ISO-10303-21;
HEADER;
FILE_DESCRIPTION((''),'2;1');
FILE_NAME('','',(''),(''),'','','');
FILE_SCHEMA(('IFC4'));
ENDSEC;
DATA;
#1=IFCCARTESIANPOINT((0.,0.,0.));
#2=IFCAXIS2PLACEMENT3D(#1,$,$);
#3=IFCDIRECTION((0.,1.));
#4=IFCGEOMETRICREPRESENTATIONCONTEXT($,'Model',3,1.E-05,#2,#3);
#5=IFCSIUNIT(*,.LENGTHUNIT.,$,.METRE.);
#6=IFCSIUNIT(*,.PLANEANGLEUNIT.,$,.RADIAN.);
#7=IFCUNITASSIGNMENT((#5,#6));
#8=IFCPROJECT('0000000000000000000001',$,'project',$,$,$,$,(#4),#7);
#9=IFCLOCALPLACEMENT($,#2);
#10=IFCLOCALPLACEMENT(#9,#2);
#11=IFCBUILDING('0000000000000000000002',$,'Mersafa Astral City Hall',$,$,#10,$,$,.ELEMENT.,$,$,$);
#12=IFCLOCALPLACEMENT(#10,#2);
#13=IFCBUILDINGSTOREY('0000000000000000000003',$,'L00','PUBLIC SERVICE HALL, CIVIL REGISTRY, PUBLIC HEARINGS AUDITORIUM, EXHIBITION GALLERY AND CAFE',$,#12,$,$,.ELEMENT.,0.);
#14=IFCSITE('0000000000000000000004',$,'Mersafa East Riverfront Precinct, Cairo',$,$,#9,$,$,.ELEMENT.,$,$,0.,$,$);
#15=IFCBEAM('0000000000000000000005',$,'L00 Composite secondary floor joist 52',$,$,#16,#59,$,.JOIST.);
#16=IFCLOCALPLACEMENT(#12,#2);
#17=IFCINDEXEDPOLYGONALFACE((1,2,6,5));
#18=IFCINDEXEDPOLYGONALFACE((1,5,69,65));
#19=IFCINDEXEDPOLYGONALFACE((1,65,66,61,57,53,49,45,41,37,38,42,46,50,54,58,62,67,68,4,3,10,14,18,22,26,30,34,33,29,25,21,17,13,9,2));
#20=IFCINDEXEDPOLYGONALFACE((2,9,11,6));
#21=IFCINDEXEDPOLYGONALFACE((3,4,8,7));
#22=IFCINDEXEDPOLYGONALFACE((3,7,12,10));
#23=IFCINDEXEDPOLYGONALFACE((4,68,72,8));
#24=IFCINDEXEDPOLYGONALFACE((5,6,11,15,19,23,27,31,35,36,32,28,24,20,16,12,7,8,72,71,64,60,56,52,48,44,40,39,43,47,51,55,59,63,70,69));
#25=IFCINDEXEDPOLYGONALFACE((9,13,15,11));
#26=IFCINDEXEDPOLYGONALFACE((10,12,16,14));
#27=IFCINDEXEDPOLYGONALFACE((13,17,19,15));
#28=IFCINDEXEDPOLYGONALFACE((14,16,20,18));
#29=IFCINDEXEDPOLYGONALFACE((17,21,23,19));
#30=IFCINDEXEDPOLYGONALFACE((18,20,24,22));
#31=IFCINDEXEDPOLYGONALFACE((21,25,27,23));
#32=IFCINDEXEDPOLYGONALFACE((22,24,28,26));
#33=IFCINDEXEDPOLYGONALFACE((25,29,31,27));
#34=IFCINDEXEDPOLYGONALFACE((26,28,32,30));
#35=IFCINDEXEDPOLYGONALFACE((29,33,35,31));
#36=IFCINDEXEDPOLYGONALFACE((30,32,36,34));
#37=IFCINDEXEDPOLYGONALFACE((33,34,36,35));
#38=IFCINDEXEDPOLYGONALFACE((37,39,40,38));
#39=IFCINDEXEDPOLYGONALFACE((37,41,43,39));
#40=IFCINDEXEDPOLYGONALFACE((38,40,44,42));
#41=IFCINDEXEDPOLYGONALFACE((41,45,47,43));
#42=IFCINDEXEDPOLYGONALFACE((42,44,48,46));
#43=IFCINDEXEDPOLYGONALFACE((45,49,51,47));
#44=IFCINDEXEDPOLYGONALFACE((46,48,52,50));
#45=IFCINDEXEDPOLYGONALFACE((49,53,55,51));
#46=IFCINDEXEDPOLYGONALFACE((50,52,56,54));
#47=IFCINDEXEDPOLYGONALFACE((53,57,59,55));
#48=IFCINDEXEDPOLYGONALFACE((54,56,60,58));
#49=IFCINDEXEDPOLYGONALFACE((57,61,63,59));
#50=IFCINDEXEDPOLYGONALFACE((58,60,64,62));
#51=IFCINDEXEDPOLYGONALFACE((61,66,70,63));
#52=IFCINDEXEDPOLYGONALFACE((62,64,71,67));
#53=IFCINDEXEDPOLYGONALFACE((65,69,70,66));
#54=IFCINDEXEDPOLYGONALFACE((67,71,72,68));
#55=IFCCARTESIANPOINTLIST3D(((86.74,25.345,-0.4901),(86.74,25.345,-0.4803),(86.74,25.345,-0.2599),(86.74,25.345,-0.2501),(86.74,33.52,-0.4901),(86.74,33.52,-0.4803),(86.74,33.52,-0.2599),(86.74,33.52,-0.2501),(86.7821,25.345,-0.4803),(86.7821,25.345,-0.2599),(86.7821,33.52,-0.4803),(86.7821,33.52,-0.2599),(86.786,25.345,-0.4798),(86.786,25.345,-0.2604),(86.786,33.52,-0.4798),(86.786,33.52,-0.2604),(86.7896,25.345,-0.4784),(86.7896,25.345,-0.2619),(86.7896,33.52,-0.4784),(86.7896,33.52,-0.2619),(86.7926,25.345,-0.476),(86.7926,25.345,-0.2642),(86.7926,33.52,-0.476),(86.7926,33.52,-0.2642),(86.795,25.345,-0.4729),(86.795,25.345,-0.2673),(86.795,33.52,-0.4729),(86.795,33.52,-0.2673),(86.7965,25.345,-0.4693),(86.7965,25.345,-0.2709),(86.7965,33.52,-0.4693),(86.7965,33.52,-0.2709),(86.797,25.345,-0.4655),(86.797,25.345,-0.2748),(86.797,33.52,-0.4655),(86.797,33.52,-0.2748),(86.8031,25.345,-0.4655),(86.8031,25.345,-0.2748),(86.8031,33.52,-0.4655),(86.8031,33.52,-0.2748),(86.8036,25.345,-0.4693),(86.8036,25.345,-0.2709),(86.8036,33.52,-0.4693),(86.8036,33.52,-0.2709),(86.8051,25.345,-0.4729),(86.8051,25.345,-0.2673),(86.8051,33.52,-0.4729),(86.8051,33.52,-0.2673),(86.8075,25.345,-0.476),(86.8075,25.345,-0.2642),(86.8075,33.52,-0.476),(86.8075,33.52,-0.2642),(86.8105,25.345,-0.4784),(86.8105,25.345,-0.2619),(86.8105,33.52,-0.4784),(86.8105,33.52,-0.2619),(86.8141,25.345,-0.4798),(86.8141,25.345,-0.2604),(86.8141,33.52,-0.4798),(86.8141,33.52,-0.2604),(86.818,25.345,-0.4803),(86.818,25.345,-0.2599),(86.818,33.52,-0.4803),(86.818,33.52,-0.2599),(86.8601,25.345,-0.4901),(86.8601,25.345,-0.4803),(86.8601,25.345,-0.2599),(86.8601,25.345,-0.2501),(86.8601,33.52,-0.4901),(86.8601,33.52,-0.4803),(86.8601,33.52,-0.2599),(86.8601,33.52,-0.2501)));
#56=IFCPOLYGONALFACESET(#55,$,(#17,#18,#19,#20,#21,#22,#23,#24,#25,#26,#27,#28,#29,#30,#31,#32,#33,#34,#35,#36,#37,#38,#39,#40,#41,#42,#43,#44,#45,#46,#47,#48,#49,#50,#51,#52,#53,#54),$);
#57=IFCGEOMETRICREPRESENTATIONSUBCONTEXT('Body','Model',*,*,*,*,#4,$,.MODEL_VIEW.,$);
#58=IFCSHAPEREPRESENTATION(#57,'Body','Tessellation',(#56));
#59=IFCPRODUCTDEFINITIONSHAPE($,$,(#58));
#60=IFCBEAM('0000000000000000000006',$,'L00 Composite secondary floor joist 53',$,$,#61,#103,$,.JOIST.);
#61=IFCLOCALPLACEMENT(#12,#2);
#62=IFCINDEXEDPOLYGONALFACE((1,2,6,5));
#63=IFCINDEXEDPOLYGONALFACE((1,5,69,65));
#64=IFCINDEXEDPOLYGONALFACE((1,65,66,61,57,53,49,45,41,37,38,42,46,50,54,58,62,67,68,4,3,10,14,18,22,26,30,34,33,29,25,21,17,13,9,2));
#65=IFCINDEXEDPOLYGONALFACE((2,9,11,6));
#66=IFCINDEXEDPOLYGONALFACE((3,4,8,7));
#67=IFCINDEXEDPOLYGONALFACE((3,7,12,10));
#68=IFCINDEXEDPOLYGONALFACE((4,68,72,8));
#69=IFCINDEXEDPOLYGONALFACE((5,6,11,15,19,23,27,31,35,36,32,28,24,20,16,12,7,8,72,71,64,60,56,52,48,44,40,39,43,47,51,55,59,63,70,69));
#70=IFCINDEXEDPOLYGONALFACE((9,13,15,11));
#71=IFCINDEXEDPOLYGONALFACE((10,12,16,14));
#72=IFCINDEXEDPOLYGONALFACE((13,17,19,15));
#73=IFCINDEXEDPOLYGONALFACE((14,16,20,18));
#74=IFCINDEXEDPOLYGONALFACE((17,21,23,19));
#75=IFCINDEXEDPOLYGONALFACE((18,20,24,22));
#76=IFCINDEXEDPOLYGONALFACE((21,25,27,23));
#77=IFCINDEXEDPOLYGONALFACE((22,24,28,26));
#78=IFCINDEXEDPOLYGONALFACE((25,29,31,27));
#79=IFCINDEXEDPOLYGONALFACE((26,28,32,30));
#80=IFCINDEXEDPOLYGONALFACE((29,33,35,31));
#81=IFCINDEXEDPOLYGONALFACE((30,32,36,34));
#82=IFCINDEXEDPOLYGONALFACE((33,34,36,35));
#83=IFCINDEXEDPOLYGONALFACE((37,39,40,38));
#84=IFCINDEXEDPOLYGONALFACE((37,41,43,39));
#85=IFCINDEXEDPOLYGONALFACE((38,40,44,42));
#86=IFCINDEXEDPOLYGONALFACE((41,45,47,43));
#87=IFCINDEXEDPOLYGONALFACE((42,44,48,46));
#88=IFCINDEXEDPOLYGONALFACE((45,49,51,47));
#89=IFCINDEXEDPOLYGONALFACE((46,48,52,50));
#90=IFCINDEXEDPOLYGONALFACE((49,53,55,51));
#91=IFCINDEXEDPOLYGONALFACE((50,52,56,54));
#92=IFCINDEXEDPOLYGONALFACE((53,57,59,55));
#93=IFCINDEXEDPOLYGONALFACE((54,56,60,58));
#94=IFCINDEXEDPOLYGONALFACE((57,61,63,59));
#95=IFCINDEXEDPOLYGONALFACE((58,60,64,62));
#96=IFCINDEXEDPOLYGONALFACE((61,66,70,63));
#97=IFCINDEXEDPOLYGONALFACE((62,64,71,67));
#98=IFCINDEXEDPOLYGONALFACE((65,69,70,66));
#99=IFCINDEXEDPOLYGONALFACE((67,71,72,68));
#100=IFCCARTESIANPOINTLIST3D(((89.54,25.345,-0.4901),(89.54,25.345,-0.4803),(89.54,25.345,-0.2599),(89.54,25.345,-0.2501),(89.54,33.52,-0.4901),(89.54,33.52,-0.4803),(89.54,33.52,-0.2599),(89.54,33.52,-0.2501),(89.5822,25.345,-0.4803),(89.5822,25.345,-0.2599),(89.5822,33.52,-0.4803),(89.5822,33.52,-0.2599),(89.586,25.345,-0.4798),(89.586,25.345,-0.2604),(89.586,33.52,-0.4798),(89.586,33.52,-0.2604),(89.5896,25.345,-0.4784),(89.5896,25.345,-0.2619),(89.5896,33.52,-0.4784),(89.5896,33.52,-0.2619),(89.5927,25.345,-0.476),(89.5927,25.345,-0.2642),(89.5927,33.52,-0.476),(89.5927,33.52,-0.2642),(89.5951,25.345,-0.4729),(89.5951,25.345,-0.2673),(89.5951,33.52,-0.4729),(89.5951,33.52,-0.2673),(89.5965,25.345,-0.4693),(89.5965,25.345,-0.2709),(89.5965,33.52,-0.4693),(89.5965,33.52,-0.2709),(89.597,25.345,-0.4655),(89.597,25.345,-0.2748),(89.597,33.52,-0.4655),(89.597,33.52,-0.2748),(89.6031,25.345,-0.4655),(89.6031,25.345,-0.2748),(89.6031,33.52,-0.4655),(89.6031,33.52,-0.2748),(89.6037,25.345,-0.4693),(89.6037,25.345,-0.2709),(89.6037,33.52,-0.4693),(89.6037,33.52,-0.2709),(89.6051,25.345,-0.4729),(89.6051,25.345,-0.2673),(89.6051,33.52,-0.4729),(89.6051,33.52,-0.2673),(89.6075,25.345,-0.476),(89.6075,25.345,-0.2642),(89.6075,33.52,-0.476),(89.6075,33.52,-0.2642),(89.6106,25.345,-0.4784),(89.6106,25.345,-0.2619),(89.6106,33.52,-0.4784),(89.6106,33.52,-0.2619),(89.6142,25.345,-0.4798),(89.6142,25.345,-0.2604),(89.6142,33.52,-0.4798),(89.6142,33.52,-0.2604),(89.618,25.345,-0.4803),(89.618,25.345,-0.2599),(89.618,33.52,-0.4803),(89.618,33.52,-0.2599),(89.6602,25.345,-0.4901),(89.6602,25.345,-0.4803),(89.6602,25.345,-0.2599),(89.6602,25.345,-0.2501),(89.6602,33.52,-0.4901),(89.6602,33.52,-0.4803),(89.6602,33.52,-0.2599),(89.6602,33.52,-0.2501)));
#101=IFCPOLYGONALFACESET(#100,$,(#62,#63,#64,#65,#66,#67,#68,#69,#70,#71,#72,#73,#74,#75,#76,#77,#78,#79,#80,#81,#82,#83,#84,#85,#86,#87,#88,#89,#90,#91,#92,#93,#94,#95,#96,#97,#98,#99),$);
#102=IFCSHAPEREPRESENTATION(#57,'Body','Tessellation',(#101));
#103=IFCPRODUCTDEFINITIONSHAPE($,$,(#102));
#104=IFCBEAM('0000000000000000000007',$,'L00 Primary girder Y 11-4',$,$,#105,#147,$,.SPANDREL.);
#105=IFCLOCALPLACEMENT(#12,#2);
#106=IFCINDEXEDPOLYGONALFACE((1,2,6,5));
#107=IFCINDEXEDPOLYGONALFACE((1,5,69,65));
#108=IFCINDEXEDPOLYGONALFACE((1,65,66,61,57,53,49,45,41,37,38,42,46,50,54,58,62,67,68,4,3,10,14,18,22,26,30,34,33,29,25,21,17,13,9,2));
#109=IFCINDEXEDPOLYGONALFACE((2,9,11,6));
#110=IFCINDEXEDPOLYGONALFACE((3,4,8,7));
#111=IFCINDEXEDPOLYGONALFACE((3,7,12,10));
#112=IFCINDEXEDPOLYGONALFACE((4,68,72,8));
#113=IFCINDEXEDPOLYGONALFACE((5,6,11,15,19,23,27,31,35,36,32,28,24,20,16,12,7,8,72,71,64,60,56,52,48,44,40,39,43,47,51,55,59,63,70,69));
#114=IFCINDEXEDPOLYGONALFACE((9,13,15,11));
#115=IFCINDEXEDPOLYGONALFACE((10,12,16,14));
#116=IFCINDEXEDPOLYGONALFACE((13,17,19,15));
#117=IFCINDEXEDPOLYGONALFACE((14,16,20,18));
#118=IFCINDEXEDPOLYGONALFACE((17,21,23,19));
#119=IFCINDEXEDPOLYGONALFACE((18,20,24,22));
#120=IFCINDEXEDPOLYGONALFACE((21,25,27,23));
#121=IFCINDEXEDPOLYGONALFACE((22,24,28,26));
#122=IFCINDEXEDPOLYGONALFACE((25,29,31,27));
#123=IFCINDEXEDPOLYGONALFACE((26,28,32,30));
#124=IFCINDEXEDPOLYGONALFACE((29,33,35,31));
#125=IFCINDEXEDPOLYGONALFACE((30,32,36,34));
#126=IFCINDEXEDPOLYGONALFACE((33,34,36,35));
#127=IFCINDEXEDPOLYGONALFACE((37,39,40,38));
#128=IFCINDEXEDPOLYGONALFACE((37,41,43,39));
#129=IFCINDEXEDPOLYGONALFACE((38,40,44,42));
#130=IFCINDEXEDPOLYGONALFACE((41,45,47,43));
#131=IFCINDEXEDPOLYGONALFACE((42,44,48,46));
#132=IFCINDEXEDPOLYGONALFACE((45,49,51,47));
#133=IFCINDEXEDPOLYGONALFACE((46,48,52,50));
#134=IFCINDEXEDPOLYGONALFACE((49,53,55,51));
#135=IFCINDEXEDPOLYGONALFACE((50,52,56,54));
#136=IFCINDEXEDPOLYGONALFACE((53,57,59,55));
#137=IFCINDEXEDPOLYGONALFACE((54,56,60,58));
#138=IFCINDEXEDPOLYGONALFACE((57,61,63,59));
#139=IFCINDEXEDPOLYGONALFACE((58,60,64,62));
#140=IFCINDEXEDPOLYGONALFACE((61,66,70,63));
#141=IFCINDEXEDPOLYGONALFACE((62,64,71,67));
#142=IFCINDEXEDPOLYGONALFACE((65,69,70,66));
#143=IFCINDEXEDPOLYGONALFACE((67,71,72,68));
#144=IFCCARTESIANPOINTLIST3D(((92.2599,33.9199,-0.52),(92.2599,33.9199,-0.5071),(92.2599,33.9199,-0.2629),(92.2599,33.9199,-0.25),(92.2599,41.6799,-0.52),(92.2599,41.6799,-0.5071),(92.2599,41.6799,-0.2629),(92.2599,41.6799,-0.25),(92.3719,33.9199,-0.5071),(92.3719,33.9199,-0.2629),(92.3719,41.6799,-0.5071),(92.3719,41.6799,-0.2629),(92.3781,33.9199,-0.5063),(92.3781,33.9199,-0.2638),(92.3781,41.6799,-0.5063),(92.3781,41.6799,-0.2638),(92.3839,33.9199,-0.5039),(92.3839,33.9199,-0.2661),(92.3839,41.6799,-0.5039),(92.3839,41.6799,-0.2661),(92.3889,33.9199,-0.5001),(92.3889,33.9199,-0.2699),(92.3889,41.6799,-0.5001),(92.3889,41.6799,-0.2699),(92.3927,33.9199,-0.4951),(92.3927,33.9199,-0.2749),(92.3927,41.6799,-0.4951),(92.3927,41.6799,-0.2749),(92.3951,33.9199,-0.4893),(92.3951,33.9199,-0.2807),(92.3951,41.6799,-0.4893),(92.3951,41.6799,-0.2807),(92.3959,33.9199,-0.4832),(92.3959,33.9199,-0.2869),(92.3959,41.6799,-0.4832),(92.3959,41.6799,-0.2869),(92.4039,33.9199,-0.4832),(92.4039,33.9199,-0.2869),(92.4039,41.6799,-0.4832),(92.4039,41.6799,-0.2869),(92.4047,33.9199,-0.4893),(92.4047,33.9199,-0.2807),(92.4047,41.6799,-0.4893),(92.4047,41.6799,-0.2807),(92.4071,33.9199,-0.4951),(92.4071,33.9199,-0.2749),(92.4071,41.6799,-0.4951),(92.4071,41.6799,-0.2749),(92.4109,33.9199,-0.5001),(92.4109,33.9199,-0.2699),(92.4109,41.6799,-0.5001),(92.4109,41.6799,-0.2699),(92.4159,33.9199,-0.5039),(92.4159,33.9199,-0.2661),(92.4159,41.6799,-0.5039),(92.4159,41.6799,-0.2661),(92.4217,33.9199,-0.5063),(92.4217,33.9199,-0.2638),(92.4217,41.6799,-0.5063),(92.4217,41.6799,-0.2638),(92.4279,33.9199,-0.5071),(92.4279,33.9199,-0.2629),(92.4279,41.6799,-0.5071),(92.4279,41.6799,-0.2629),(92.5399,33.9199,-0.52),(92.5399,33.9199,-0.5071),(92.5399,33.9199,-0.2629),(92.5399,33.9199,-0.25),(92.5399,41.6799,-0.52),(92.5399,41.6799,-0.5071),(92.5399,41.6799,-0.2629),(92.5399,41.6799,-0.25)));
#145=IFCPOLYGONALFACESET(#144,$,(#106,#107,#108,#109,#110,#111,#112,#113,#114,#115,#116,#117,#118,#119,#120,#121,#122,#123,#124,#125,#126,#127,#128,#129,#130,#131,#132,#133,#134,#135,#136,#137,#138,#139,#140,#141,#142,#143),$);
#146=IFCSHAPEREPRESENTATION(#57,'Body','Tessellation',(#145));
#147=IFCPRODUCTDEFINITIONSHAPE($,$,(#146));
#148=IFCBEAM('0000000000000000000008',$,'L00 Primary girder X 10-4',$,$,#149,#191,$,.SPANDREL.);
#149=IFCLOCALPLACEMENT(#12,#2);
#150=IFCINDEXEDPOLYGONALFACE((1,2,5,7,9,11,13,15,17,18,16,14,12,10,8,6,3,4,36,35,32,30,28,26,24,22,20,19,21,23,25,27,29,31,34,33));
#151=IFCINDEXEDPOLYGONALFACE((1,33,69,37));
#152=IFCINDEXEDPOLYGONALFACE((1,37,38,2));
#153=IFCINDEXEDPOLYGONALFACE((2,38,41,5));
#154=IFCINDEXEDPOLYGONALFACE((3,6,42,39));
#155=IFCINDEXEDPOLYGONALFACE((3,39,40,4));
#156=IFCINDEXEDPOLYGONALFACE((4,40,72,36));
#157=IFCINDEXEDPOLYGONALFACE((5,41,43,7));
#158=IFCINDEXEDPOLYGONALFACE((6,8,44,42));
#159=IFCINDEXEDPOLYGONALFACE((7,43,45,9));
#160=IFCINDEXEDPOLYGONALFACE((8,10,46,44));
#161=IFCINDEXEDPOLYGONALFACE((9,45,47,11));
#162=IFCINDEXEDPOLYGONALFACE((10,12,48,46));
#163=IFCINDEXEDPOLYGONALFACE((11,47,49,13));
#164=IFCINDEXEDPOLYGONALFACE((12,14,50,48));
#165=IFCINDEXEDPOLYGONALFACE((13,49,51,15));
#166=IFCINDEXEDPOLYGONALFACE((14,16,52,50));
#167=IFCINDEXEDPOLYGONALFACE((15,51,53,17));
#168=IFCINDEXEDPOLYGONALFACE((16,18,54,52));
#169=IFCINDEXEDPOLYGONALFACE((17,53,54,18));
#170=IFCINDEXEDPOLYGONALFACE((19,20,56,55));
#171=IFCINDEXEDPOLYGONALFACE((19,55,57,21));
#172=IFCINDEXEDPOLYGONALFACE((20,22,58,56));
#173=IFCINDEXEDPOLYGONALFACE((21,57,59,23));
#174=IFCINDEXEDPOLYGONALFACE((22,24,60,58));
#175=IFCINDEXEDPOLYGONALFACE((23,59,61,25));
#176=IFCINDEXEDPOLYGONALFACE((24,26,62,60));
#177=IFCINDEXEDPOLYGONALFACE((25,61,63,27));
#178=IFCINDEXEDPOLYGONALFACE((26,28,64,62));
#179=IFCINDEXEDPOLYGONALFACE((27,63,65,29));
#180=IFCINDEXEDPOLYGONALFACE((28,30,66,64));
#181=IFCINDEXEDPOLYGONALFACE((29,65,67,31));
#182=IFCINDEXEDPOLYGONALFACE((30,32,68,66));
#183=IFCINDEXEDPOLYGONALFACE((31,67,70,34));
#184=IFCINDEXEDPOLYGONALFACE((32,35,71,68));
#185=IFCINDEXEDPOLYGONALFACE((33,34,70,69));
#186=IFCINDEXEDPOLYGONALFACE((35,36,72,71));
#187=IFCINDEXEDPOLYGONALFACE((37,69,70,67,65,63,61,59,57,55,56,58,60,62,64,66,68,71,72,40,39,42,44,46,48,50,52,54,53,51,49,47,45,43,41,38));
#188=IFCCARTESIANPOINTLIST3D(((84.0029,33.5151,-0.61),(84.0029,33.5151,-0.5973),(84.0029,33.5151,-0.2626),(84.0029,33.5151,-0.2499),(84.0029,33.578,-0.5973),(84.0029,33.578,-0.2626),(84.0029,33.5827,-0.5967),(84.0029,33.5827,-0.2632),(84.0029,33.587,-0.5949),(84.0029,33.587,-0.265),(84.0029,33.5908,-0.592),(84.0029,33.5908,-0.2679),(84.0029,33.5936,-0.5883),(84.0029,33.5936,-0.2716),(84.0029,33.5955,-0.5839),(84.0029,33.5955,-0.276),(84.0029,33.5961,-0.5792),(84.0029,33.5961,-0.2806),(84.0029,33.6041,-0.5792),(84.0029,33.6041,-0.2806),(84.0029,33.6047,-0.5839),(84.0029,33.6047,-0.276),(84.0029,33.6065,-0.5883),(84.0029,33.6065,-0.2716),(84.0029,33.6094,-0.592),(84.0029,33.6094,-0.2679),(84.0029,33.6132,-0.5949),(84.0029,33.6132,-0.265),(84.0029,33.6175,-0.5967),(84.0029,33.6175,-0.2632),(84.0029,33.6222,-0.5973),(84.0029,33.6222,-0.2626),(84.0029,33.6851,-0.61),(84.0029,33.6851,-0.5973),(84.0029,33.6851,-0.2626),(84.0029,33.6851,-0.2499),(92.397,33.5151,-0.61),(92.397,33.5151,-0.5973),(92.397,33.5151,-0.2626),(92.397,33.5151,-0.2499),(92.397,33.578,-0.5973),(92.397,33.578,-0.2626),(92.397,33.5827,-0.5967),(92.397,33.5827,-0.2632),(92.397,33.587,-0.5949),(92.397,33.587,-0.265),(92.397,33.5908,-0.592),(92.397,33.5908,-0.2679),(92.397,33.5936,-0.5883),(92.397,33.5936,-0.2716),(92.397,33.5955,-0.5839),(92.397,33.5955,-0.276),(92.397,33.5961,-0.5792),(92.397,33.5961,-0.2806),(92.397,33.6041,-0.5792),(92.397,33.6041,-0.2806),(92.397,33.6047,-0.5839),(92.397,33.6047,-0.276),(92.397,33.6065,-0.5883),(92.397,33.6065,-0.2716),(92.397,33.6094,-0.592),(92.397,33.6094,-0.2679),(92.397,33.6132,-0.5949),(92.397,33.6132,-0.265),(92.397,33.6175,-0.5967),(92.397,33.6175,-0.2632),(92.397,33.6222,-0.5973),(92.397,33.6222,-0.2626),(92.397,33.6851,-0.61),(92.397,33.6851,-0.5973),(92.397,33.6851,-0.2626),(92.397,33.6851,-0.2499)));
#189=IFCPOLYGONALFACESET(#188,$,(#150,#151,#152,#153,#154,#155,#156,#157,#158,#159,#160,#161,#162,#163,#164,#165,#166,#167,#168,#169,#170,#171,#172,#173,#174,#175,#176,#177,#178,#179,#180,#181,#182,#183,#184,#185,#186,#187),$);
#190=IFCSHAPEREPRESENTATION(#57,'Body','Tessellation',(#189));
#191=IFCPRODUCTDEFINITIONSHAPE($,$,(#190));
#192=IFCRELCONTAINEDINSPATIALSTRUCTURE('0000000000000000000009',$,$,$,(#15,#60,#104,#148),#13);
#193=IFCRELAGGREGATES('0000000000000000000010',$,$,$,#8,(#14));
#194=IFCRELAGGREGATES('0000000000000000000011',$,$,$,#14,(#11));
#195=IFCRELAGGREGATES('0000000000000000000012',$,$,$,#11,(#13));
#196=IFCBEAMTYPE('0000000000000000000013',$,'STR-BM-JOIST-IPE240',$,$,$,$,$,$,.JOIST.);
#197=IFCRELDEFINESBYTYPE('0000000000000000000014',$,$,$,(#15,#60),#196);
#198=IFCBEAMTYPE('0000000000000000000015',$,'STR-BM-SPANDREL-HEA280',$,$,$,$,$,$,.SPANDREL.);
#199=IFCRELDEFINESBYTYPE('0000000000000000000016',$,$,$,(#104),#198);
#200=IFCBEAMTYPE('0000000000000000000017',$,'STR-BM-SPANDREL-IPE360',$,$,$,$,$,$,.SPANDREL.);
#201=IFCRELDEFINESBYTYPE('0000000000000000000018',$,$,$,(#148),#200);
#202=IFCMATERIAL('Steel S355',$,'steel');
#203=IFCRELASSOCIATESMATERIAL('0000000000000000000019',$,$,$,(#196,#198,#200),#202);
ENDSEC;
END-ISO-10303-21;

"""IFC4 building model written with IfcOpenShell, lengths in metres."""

from ifc_helpers import new_model, si_unit, direction, frame, origin, origin_2d, place, context, subcontext, project, spatial, i_section, extrude, material, material_profile, profile_set, type_object, element, save


model = new_model("IFC4")

# Units and contexts
model_context = context("Model", 3, precision=1e-05, world=origin(), true_north=direction((0.0, 1.0)))
body_context = subcontext(model_context, "Body", "Model", "MODEL_VIEW")
ifc_project = project(units=[si_unit("LENGTHUNIT", "METRE"), si_unit("PLANEANGLEUNIT", "RADIAN")], contexts=[model_context])

# Site, building, storey
site_placement = place(None, origin())
site = spatial("IfcSite", under=ifc_project, at=site_placement, Name="Mersafa East Riverfront Precinct, Cairo", CompositionType="ELEMENT", RefElevation=0.0)
building_placement = place(site_placement, origin())
building = spatial("IfcBuilding", under=site, at=building_placement, Name="Mersafa Astral City Hall", CompositionType="ELEMENT")
storey_placement = place(building_placement, origin())
storey = spatial("IfcBuildingStorey", under=building, at=storey_placement, Name="L00", Description="PUBLIC SERVICE HALL, CIVIL REGISTRY, PUBLIC HEARINGS AUDITORIUM, EXHIBITION GALLERY AND CAFE", CompositionType="ELEMENT", Elevation=0.0)

# Shared definitions
ifc_material_1 = material(Name="Steel S355", Category="steel")

# Beams
ifc_material_profile_1 = material_profile(ifc_material_1, i_section(OverallWidth=0.1201, OverallDepth=0.24, WebThickness=0.0061, FlangeThickness=0.0098, FilletRadius=0.0149, at=origin_2d()), Name="IPE 240")
ifc_profile_set_1 = profile_set([ifc_material_profile_1], Name="Steel S355")
beam_type_1 = type_object("IfcBeamType", Name="STR-BM-JOIST-IPE240", PredefinedType="JOIST", material=ifc_profile_set_1)
for number, where, z_axis, x_axis, name in (
    (1, (86.8, 25.345, -0.3701), (0.0, 1.0, 0.0), (-1.0, 0.0, 0.0), "L00 Composite secondary floor joist 52"),
    (2, (89.6001, 25.345, -0.3701), (0.0, 1.0, 0.0), (-1.0, 0.0, 0.0), "L00 Composite secondary floor joist 53"),
):
    element("IfcBeam", number, at=place(storey_placement, frame(where, z_axis=z_axis, x_axis=x_axis)), inside=storey, type_object=beam_type_1, Name=name, PredefinedType="JOIST", context=body_context, shape_type="SweptSolid", body=[
        extrude(i_section(OverallWidth=0.1201, OverallDepth=0.24, WebThickness=0.0061, FlangeThickness=0.0098, FilletRadius=0.0149, at=origin_2d()), origin(), (0.0, 0.0, 1.0), 8.175),
    ])
ifc_material_profile_2 = material_profile(ifc_material_1, i_section(OverallWidth=0.28, OverallDepth=0.27, WebThickness=0.0081, FlangeThickness=0.0129, FilletRadius=0.0239, at=origin_2d()), Name="HEA 280")
ifc_profile_set_2 = profile_set([ifc_material_profile_2], Name="Steel S355")
beam_type_2 = type_object("IfcBeamType", Name="STR-BM-SPANDREL-HEA280", PredefinedType="SPANDREL", material=ifc_profile_set_2)
beam_1_placement = place(storey_placement, frame((92.3999, 33.9199, -0.385), z_axis=(0.0, 1.0, 0.0), x_axis=(-1.0, 0.0, 0.0)))
element("IfcBeam", 3, at=beam_1_placement, inside=storey, type_object=beam_type_2, Name="L00 Primary girder Y 11-4", PredefinedType="SPANDREL", context=body_context, shape_type="SweptSolid", body=[
    extrude(i_section(OverallWidth=0.28, OverallDepth=0.27, WebThickness=0.0081, FlangeThickness=0.0129, FilletRadius=0.0239, at=origin_2d()), origin(), (0.0, 0.0, 1.0), 7.76),
])
ifc_material_profile_3 = material_profile(ifc_material_1, i_section(OverallWidth=0.1699, OverallDepth=0.3601, WebThickness=0.0081, FlangeThickness=0.0127, FilletRadius=0.0181, at=origin_2d()), Name="IPE 360")
ifc_profile_set_3 = profile_set([ifc_material_profile_3], Name="Steel S355")
beam_type_3 = type_object("IfcBeamType", Name="STR-BM-SPANDREL-IPE360", PredefinedType="SPANDREL", material=ifc_profile_set_3)
beam_2_placement = place(storey_placement, frame((84.0029, 33.6001, -0.4299), z_axis=(1.0, 0.0, 0.0), x_axis=(0.0, 1.0, 0.0)))
element("IfcBeam", 4, at=beam_2_placement, inside=storey, type_object=beam_type_3, Name="L00 Primary girder X 10-4", PredefinedType="SPANDREL", context=body_context, shape_type="SweptSolid", body=[
    extrude(i_section(OverallWidth=0.1699, OverallDepth=0.3601, WebThickness=0.0081, FlangeThickness=0.0127, FilletRadius=0.0181, at=origin_2d()), origin(), (0.0, 0.0, 1.0), 8.394),
])

save(model, "model.ifc")
